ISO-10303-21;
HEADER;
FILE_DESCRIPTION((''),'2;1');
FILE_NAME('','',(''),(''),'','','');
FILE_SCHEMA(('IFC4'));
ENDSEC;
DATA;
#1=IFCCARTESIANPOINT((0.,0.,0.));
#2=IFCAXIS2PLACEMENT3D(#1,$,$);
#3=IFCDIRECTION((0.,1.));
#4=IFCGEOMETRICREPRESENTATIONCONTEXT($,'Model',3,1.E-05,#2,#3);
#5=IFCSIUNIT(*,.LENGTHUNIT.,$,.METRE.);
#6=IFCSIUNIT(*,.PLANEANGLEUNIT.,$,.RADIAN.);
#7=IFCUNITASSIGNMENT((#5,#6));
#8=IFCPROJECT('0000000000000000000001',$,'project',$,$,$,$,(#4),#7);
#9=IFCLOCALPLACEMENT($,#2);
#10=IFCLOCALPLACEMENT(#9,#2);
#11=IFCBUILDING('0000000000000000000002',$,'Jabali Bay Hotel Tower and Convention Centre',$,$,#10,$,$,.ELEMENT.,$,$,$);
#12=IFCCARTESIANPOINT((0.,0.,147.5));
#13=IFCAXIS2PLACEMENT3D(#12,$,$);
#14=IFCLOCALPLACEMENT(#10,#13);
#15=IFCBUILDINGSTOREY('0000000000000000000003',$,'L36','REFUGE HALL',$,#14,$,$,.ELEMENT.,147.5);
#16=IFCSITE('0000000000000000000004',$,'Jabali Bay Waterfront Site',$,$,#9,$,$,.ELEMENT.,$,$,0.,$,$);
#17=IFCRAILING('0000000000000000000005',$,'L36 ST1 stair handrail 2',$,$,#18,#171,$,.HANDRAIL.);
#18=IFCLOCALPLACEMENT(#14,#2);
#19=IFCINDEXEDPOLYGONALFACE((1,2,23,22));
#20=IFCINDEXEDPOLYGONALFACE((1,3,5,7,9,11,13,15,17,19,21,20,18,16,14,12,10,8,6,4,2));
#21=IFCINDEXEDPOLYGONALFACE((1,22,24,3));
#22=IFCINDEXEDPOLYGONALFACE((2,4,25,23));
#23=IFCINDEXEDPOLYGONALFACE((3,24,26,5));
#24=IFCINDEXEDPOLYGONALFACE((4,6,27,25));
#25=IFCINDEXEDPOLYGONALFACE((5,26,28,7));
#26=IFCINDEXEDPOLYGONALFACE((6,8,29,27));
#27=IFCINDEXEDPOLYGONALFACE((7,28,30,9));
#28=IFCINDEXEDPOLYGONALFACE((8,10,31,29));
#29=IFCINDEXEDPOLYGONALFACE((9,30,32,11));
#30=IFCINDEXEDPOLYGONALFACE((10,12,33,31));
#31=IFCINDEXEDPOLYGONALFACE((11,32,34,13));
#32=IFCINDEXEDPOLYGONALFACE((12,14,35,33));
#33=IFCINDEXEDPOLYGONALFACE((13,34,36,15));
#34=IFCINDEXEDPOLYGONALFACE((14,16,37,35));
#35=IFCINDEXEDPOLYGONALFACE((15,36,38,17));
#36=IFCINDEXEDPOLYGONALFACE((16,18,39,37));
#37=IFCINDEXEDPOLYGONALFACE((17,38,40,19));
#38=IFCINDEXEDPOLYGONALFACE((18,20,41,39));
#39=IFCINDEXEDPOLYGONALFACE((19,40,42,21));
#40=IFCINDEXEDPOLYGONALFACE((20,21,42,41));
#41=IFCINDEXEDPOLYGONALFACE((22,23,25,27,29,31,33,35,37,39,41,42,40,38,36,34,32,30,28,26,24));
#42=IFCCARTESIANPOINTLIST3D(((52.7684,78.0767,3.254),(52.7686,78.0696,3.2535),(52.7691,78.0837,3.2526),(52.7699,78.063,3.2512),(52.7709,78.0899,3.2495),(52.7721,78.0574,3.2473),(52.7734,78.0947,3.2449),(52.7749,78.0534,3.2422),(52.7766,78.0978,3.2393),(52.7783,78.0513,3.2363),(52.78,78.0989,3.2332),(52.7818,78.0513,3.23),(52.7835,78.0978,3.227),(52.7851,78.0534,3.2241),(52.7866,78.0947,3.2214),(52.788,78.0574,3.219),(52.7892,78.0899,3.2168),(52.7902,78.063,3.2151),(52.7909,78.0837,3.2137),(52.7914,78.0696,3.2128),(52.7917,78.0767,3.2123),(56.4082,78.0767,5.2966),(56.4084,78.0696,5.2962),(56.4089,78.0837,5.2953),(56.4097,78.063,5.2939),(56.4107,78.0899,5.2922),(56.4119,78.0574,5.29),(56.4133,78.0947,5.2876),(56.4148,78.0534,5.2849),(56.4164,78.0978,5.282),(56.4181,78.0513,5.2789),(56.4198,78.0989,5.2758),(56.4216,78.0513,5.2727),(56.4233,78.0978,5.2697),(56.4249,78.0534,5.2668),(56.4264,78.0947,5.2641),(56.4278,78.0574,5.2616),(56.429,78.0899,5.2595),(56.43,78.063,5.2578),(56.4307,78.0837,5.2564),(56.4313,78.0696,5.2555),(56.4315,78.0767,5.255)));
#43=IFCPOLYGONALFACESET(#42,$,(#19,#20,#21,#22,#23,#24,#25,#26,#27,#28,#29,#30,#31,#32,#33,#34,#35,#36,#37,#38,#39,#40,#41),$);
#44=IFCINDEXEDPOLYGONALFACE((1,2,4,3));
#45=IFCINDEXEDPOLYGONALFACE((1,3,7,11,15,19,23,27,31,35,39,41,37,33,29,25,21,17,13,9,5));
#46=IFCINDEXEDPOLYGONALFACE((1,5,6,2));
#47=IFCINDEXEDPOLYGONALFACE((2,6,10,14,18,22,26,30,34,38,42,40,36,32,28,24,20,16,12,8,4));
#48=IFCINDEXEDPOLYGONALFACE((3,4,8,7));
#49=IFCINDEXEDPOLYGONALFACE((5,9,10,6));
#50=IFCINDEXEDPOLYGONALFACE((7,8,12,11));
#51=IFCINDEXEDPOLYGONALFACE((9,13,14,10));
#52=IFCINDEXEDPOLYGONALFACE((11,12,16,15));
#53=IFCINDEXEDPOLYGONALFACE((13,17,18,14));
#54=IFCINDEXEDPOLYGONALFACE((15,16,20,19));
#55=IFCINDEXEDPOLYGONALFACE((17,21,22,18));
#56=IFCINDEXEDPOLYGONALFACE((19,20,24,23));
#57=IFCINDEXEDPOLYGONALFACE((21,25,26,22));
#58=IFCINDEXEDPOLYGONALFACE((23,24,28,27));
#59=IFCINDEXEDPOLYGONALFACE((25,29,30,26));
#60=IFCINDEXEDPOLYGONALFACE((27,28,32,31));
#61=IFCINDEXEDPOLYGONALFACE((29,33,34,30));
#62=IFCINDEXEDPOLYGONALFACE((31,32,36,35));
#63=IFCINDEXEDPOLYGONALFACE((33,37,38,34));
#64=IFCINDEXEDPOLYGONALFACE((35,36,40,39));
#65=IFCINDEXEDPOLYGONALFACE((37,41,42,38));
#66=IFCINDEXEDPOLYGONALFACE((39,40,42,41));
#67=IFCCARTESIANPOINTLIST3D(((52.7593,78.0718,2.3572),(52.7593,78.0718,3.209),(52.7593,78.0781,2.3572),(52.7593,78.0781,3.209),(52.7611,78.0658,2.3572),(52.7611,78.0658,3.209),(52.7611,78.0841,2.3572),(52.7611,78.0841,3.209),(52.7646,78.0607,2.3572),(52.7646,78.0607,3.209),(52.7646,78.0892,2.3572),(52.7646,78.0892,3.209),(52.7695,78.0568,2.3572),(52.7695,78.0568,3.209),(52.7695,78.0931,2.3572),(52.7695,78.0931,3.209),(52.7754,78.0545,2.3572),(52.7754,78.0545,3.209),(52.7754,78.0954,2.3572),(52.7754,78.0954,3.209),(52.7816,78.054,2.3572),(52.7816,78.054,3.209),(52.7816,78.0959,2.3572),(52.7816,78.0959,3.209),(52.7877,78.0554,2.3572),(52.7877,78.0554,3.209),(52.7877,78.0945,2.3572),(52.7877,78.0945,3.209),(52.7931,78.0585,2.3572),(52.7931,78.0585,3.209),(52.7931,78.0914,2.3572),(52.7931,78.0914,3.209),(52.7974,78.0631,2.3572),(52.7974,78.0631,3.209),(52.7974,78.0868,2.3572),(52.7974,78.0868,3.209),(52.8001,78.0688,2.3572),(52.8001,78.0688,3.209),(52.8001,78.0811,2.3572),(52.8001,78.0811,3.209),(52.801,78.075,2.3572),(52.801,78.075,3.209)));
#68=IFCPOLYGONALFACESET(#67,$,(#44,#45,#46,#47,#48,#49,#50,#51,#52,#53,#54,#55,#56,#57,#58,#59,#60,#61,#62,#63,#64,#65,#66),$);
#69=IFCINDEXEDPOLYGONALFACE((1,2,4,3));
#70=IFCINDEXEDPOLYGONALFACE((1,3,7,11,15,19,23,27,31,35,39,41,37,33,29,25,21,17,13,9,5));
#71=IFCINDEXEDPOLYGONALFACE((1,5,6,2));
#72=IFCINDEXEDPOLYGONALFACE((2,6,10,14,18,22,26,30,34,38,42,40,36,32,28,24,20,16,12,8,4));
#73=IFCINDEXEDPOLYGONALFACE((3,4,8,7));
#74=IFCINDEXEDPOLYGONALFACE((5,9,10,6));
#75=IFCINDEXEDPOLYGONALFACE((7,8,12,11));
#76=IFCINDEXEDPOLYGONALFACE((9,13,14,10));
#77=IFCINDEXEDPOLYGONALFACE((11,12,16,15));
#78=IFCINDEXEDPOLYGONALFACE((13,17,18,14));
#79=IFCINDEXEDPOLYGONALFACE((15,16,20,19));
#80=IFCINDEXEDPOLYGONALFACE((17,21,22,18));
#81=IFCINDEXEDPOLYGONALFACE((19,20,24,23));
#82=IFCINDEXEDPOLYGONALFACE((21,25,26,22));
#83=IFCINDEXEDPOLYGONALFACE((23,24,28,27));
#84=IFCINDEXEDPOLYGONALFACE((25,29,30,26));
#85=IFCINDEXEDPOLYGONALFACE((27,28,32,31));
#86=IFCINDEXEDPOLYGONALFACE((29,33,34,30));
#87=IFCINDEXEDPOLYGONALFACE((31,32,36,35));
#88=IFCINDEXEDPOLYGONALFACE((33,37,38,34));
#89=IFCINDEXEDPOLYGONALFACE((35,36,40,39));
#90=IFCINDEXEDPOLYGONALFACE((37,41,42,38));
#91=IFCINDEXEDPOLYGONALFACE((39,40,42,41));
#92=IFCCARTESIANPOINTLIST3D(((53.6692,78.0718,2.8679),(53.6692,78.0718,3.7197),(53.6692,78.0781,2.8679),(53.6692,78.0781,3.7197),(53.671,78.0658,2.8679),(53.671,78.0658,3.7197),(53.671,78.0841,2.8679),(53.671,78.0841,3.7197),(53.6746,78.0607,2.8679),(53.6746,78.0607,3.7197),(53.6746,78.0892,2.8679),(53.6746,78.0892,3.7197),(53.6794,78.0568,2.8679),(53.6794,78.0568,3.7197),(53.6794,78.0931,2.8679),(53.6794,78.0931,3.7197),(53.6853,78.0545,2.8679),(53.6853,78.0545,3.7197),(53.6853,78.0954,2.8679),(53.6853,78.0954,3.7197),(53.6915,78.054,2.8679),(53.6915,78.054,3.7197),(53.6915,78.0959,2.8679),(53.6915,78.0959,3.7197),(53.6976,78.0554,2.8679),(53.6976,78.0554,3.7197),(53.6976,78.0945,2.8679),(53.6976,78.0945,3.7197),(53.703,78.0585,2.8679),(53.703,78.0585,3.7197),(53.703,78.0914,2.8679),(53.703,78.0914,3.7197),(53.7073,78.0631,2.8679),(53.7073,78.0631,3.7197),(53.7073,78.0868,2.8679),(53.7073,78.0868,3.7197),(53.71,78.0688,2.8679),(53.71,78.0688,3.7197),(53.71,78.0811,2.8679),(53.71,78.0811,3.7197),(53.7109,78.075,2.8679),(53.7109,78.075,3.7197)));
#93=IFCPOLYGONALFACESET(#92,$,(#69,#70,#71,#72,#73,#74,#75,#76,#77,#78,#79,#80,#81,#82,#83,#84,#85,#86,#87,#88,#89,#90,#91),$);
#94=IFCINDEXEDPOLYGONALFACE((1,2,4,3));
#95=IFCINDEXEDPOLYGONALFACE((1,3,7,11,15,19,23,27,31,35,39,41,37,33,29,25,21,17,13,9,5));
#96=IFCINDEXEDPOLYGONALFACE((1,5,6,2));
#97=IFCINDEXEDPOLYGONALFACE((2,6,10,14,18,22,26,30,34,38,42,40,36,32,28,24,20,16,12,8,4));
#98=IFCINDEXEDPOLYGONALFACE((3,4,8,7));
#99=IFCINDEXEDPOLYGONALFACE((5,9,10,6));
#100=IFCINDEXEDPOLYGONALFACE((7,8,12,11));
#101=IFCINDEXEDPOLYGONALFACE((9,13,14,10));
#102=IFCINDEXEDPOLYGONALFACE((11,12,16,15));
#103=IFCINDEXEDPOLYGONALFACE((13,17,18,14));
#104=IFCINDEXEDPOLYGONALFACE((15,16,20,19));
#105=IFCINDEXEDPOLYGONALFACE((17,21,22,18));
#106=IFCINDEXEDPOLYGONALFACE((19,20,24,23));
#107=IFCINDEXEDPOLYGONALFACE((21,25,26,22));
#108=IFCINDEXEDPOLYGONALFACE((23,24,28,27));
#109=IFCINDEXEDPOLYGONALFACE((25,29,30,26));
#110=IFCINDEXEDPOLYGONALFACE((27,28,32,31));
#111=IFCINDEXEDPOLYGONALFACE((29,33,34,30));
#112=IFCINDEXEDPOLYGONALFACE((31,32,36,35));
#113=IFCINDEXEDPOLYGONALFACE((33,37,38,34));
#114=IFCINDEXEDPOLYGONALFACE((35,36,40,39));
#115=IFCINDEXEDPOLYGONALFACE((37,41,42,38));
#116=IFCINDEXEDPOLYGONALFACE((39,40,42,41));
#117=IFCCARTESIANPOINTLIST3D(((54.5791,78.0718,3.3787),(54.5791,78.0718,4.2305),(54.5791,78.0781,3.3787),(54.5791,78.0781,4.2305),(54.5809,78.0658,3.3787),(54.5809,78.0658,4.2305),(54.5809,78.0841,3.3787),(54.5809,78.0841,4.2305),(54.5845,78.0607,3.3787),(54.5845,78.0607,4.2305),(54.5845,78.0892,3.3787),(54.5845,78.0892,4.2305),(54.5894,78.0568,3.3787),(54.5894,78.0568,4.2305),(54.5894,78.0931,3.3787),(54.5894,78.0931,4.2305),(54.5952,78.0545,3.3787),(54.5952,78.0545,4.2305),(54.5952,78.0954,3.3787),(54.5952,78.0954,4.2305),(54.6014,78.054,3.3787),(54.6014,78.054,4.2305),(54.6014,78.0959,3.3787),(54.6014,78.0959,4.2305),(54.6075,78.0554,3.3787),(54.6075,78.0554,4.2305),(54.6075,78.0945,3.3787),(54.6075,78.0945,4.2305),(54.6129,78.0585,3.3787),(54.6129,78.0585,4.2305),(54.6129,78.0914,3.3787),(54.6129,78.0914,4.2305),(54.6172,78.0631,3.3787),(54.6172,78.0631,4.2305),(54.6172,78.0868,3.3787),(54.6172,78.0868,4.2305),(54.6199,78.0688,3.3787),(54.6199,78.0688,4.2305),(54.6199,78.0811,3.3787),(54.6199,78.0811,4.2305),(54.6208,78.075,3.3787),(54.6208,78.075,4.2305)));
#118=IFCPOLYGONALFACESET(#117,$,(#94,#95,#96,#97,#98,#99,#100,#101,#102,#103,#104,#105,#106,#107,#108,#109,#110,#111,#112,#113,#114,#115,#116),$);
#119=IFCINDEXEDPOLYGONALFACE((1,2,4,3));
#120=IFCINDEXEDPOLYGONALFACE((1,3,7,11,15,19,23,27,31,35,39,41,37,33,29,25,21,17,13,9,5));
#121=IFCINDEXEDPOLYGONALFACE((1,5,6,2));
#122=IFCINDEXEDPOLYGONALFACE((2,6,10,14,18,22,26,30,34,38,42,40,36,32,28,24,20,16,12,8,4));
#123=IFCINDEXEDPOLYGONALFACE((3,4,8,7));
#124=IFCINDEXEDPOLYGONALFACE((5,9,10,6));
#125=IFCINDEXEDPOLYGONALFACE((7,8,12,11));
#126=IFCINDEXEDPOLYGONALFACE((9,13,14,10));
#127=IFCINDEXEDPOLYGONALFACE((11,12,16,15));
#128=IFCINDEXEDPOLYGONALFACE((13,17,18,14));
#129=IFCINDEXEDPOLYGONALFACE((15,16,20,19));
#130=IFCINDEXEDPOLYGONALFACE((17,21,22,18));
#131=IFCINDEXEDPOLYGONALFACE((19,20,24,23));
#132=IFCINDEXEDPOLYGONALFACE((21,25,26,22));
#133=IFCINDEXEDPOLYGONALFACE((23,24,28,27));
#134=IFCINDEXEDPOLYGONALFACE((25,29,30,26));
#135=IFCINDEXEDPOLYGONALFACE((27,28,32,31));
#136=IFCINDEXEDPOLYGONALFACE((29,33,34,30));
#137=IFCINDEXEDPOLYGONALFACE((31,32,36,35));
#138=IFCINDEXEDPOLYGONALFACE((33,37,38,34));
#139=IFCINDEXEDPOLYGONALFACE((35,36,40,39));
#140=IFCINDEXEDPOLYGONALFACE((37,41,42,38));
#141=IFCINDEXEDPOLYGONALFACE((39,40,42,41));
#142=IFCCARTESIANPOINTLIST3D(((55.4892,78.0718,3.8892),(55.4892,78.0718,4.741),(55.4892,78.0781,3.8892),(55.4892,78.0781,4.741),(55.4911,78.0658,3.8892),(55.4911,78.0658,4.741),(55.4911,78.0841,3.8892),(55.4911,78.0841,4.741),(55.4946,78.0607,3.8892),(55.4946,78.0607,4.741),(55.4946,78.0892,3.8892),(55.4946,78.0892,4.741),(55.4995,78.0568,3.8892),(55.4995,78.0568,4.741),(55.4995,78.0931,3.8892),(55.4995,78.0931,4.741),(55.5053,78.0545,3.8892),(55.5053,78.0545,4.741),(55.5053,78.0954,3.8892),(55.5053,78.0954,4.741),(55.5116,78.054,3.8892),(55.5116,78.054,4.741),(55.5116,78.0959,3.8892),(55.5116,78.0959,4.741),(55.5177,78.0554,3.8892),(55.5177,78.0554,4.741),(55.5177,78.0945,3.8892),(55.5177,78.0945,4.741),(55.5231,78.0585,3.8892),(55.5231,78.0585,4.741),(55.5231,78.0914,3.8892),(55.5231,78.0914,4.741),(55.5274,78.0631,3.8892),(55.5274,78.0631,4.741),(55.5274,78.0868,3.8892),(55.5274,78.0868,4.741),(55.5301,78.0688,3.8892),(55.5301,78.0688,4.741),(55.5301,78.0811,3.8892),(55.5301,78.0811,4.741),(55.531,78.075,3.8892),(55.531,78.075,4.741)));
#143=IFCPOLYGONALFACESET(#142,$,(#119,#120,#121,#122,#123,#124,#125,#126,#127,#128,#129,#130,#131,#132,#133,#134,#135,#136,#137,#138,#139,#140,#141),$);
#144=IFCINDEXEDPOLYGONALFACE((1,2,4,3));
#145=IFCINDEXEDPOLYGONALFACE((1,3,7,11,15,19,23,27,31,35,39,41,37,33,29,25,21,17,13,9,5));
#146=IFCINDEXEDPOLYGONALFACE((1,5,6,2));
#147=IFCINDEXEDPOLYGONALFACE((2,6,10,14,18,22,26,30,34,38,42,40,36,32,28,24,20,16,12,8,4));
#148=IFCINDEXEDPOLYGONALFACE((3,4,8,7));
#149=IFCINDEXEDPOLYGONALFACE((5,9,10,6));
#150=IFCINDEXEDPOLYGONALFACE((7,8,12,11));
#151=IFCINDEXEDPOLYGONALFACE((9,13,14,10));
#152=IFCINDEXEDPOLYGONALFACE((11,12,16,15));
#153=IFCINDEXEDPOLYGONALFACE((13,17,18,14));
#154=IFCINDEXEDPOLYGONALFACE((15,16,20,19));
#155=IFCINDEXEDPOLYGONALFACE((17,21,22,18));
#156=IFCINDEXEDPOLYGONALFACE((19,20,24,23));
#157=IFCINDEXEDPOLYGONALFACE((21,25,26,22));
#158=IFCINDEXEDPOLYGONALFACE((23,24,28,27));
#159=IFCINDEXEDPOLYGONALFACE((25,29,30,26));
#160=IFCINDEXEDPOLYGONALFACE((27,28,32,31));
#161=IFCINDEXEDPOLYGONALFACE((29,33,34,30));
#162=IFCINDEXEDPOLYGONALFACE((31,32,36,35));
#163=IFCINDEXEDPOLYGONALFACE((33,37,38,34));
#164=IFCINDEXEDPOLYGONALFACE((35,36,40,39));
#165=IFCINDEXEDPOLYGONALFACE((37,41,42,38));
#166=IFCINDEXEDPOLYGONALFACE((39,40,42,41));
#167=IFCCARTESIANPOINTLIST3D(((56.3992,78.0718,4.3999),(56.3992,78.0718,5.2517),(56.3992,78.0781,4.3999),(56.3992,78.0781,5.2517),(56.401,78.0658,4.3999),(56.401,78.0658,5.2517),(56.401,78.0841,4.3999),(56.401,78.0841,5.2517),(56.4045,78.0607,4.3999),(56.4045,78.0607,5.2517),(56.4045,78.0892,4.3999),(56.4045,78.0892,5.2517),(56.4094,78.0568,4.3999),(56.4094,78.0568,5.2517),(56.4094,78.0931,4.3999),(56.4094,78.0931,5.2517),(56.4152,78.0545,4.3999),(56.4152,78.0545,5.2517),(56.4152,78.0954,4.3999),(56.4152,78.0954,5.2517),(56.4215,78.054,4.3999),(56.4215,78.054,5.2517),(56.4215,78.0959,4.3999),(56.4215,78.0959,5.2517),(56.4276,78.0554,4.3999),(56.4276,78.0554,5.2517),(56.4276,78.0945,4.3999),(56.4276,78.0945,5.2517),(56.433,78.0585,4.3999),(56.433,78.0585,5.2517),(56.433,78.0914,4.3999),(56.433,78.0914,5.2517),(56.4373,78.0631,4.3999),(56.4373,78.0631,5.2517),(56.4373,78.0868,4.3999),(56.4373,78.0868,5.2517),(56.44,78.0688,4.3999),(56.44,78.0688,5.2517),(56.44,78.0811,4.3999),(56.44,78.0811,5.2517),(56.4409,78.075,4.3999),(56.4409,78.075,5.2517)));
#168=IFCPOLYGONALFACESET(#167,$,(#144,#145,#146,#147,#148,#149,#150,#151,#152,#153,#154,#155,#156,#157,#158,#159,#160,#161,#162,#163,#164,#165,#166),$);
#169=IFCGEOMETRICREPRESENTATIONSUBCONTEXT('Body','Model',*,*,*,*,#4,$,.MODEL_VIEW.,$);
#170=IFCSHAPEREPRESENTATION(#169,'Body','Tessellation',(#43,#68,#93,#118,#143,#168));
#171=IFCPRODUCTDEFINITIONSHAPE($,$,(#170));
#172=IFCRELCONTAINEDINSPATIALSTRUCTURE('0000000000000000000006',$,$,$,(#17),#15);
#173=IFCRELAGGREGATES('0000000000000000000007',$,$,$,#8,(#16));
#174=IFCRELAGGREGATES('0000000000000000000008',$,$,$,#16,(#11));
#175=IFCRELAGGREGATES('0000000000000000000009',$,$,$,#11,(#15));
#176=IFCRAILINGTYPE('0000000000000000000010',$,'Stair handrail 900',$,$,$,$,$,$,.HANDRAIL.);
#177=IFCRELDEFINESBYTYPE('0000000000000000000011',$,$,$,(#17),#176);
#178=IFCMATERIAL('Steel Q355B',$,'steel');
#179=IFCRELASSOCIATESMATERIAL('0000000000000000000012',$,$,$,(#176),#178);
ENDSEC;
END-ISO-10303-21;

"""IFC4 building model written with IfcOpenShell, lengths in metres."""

from ifc_helpers import new_model, si_unit, direction, frame, origin, origin_2d, place, context, subcontext, project, spatial, circle, extrude, material, type_object, element, save


model = new_model("IFC4")

# Units and contexts
model_context = context("Model", 3, precision=1e-05, world=origin(), true_north=direction((0.0, 1.0)))
body_context = subcontext(model_context, "Body", "Model", "MODEL_VIEW")
ifc_project = project(units=[si_unit("LENGTHUNIT", "METRE"), si_unit("PLANEANGLEUNIT", "RADIAN")], contexts=[model_context])

# Site, building, storey
site_placement = place(None, origin())
site = spatial("IfcSite", under=ifc_project, at=site_placement, Name="Jabali Bay Waterfront Site", CompositionType="ELEMENT", RefElevation=0.0)
building_placement = place(site_placement, origin())
building = spatial("IfcBuilding", under=site, at=building_placement, Name="Jabali Bay Hotel Tower and Convention Centre", CompositionType="ELEMENT")
storey_placement = place(building_placement, frame((0.0, 0.0, 147.5)))
storey = spatial("IfcBuildingStorey", under=building, at=storey_placement, Name="L36", Description="REFUGE HALL", CompositionType="ELEMENT", Elevation=147.5)

# Railing
ifc_material_1 = material(Name="Steel Q355B", Category="steel")
railing_type_1 = type_object("IfcRailingType", Name="Stair handrail 900", PredefinedType="HANDRAIL", material=ifc_material_1)
railing_1_placement = place(storey_placement, frame((52.78, 78.075, 2.3572)))
element("IfcRailing", 1, at=railing_1_placement, inside=storey, type_object=railing_type_1, Name="L36 ST1 stair handrail 2", PredefinedType="HANDRAIL", context=body_context, shape_type="SweptSolid", body=[
    extrude(circle(Radius=0.0239, at=origin_2d()), frame((0.0, 0.0, 0.876), z_axis=(0.872058, 0.0, 0.489403), x_axis=(0.0, 1.0, 0.0)), (0.0, 0.0, 1.0), 4.1738),
    extrude(circle(Radius=0.021, at=origin_2d()), origin(), (0.0, 0.0, 1.0), 0.8518),
    extrude(circle(Radius=0.021, at=origin_2d()), frame((0.9099, 0.0, 0.5107)), (0.0, 0.0, 1.0), 0.8518),
    extrude(circle(Radius=0.021, at=origin_2d()), frame((1.8198, 0.0, 1.0215)), (0.0, 0.0, 1.0), 0.8518),
    extrude(circle(Radius=0.021, at=origin_2d()), frame((2.73, 0.0, 1.532)), (0.0, 0.0, 1.0), 0.8518),
    extrude(circle(Radius=0.021, at=origin_2d()), frame((3.6399, 0.0, 2.0427)), (0.0, 0.0, 1.0), 0.8518),
])

save(model, "model.ifc")
